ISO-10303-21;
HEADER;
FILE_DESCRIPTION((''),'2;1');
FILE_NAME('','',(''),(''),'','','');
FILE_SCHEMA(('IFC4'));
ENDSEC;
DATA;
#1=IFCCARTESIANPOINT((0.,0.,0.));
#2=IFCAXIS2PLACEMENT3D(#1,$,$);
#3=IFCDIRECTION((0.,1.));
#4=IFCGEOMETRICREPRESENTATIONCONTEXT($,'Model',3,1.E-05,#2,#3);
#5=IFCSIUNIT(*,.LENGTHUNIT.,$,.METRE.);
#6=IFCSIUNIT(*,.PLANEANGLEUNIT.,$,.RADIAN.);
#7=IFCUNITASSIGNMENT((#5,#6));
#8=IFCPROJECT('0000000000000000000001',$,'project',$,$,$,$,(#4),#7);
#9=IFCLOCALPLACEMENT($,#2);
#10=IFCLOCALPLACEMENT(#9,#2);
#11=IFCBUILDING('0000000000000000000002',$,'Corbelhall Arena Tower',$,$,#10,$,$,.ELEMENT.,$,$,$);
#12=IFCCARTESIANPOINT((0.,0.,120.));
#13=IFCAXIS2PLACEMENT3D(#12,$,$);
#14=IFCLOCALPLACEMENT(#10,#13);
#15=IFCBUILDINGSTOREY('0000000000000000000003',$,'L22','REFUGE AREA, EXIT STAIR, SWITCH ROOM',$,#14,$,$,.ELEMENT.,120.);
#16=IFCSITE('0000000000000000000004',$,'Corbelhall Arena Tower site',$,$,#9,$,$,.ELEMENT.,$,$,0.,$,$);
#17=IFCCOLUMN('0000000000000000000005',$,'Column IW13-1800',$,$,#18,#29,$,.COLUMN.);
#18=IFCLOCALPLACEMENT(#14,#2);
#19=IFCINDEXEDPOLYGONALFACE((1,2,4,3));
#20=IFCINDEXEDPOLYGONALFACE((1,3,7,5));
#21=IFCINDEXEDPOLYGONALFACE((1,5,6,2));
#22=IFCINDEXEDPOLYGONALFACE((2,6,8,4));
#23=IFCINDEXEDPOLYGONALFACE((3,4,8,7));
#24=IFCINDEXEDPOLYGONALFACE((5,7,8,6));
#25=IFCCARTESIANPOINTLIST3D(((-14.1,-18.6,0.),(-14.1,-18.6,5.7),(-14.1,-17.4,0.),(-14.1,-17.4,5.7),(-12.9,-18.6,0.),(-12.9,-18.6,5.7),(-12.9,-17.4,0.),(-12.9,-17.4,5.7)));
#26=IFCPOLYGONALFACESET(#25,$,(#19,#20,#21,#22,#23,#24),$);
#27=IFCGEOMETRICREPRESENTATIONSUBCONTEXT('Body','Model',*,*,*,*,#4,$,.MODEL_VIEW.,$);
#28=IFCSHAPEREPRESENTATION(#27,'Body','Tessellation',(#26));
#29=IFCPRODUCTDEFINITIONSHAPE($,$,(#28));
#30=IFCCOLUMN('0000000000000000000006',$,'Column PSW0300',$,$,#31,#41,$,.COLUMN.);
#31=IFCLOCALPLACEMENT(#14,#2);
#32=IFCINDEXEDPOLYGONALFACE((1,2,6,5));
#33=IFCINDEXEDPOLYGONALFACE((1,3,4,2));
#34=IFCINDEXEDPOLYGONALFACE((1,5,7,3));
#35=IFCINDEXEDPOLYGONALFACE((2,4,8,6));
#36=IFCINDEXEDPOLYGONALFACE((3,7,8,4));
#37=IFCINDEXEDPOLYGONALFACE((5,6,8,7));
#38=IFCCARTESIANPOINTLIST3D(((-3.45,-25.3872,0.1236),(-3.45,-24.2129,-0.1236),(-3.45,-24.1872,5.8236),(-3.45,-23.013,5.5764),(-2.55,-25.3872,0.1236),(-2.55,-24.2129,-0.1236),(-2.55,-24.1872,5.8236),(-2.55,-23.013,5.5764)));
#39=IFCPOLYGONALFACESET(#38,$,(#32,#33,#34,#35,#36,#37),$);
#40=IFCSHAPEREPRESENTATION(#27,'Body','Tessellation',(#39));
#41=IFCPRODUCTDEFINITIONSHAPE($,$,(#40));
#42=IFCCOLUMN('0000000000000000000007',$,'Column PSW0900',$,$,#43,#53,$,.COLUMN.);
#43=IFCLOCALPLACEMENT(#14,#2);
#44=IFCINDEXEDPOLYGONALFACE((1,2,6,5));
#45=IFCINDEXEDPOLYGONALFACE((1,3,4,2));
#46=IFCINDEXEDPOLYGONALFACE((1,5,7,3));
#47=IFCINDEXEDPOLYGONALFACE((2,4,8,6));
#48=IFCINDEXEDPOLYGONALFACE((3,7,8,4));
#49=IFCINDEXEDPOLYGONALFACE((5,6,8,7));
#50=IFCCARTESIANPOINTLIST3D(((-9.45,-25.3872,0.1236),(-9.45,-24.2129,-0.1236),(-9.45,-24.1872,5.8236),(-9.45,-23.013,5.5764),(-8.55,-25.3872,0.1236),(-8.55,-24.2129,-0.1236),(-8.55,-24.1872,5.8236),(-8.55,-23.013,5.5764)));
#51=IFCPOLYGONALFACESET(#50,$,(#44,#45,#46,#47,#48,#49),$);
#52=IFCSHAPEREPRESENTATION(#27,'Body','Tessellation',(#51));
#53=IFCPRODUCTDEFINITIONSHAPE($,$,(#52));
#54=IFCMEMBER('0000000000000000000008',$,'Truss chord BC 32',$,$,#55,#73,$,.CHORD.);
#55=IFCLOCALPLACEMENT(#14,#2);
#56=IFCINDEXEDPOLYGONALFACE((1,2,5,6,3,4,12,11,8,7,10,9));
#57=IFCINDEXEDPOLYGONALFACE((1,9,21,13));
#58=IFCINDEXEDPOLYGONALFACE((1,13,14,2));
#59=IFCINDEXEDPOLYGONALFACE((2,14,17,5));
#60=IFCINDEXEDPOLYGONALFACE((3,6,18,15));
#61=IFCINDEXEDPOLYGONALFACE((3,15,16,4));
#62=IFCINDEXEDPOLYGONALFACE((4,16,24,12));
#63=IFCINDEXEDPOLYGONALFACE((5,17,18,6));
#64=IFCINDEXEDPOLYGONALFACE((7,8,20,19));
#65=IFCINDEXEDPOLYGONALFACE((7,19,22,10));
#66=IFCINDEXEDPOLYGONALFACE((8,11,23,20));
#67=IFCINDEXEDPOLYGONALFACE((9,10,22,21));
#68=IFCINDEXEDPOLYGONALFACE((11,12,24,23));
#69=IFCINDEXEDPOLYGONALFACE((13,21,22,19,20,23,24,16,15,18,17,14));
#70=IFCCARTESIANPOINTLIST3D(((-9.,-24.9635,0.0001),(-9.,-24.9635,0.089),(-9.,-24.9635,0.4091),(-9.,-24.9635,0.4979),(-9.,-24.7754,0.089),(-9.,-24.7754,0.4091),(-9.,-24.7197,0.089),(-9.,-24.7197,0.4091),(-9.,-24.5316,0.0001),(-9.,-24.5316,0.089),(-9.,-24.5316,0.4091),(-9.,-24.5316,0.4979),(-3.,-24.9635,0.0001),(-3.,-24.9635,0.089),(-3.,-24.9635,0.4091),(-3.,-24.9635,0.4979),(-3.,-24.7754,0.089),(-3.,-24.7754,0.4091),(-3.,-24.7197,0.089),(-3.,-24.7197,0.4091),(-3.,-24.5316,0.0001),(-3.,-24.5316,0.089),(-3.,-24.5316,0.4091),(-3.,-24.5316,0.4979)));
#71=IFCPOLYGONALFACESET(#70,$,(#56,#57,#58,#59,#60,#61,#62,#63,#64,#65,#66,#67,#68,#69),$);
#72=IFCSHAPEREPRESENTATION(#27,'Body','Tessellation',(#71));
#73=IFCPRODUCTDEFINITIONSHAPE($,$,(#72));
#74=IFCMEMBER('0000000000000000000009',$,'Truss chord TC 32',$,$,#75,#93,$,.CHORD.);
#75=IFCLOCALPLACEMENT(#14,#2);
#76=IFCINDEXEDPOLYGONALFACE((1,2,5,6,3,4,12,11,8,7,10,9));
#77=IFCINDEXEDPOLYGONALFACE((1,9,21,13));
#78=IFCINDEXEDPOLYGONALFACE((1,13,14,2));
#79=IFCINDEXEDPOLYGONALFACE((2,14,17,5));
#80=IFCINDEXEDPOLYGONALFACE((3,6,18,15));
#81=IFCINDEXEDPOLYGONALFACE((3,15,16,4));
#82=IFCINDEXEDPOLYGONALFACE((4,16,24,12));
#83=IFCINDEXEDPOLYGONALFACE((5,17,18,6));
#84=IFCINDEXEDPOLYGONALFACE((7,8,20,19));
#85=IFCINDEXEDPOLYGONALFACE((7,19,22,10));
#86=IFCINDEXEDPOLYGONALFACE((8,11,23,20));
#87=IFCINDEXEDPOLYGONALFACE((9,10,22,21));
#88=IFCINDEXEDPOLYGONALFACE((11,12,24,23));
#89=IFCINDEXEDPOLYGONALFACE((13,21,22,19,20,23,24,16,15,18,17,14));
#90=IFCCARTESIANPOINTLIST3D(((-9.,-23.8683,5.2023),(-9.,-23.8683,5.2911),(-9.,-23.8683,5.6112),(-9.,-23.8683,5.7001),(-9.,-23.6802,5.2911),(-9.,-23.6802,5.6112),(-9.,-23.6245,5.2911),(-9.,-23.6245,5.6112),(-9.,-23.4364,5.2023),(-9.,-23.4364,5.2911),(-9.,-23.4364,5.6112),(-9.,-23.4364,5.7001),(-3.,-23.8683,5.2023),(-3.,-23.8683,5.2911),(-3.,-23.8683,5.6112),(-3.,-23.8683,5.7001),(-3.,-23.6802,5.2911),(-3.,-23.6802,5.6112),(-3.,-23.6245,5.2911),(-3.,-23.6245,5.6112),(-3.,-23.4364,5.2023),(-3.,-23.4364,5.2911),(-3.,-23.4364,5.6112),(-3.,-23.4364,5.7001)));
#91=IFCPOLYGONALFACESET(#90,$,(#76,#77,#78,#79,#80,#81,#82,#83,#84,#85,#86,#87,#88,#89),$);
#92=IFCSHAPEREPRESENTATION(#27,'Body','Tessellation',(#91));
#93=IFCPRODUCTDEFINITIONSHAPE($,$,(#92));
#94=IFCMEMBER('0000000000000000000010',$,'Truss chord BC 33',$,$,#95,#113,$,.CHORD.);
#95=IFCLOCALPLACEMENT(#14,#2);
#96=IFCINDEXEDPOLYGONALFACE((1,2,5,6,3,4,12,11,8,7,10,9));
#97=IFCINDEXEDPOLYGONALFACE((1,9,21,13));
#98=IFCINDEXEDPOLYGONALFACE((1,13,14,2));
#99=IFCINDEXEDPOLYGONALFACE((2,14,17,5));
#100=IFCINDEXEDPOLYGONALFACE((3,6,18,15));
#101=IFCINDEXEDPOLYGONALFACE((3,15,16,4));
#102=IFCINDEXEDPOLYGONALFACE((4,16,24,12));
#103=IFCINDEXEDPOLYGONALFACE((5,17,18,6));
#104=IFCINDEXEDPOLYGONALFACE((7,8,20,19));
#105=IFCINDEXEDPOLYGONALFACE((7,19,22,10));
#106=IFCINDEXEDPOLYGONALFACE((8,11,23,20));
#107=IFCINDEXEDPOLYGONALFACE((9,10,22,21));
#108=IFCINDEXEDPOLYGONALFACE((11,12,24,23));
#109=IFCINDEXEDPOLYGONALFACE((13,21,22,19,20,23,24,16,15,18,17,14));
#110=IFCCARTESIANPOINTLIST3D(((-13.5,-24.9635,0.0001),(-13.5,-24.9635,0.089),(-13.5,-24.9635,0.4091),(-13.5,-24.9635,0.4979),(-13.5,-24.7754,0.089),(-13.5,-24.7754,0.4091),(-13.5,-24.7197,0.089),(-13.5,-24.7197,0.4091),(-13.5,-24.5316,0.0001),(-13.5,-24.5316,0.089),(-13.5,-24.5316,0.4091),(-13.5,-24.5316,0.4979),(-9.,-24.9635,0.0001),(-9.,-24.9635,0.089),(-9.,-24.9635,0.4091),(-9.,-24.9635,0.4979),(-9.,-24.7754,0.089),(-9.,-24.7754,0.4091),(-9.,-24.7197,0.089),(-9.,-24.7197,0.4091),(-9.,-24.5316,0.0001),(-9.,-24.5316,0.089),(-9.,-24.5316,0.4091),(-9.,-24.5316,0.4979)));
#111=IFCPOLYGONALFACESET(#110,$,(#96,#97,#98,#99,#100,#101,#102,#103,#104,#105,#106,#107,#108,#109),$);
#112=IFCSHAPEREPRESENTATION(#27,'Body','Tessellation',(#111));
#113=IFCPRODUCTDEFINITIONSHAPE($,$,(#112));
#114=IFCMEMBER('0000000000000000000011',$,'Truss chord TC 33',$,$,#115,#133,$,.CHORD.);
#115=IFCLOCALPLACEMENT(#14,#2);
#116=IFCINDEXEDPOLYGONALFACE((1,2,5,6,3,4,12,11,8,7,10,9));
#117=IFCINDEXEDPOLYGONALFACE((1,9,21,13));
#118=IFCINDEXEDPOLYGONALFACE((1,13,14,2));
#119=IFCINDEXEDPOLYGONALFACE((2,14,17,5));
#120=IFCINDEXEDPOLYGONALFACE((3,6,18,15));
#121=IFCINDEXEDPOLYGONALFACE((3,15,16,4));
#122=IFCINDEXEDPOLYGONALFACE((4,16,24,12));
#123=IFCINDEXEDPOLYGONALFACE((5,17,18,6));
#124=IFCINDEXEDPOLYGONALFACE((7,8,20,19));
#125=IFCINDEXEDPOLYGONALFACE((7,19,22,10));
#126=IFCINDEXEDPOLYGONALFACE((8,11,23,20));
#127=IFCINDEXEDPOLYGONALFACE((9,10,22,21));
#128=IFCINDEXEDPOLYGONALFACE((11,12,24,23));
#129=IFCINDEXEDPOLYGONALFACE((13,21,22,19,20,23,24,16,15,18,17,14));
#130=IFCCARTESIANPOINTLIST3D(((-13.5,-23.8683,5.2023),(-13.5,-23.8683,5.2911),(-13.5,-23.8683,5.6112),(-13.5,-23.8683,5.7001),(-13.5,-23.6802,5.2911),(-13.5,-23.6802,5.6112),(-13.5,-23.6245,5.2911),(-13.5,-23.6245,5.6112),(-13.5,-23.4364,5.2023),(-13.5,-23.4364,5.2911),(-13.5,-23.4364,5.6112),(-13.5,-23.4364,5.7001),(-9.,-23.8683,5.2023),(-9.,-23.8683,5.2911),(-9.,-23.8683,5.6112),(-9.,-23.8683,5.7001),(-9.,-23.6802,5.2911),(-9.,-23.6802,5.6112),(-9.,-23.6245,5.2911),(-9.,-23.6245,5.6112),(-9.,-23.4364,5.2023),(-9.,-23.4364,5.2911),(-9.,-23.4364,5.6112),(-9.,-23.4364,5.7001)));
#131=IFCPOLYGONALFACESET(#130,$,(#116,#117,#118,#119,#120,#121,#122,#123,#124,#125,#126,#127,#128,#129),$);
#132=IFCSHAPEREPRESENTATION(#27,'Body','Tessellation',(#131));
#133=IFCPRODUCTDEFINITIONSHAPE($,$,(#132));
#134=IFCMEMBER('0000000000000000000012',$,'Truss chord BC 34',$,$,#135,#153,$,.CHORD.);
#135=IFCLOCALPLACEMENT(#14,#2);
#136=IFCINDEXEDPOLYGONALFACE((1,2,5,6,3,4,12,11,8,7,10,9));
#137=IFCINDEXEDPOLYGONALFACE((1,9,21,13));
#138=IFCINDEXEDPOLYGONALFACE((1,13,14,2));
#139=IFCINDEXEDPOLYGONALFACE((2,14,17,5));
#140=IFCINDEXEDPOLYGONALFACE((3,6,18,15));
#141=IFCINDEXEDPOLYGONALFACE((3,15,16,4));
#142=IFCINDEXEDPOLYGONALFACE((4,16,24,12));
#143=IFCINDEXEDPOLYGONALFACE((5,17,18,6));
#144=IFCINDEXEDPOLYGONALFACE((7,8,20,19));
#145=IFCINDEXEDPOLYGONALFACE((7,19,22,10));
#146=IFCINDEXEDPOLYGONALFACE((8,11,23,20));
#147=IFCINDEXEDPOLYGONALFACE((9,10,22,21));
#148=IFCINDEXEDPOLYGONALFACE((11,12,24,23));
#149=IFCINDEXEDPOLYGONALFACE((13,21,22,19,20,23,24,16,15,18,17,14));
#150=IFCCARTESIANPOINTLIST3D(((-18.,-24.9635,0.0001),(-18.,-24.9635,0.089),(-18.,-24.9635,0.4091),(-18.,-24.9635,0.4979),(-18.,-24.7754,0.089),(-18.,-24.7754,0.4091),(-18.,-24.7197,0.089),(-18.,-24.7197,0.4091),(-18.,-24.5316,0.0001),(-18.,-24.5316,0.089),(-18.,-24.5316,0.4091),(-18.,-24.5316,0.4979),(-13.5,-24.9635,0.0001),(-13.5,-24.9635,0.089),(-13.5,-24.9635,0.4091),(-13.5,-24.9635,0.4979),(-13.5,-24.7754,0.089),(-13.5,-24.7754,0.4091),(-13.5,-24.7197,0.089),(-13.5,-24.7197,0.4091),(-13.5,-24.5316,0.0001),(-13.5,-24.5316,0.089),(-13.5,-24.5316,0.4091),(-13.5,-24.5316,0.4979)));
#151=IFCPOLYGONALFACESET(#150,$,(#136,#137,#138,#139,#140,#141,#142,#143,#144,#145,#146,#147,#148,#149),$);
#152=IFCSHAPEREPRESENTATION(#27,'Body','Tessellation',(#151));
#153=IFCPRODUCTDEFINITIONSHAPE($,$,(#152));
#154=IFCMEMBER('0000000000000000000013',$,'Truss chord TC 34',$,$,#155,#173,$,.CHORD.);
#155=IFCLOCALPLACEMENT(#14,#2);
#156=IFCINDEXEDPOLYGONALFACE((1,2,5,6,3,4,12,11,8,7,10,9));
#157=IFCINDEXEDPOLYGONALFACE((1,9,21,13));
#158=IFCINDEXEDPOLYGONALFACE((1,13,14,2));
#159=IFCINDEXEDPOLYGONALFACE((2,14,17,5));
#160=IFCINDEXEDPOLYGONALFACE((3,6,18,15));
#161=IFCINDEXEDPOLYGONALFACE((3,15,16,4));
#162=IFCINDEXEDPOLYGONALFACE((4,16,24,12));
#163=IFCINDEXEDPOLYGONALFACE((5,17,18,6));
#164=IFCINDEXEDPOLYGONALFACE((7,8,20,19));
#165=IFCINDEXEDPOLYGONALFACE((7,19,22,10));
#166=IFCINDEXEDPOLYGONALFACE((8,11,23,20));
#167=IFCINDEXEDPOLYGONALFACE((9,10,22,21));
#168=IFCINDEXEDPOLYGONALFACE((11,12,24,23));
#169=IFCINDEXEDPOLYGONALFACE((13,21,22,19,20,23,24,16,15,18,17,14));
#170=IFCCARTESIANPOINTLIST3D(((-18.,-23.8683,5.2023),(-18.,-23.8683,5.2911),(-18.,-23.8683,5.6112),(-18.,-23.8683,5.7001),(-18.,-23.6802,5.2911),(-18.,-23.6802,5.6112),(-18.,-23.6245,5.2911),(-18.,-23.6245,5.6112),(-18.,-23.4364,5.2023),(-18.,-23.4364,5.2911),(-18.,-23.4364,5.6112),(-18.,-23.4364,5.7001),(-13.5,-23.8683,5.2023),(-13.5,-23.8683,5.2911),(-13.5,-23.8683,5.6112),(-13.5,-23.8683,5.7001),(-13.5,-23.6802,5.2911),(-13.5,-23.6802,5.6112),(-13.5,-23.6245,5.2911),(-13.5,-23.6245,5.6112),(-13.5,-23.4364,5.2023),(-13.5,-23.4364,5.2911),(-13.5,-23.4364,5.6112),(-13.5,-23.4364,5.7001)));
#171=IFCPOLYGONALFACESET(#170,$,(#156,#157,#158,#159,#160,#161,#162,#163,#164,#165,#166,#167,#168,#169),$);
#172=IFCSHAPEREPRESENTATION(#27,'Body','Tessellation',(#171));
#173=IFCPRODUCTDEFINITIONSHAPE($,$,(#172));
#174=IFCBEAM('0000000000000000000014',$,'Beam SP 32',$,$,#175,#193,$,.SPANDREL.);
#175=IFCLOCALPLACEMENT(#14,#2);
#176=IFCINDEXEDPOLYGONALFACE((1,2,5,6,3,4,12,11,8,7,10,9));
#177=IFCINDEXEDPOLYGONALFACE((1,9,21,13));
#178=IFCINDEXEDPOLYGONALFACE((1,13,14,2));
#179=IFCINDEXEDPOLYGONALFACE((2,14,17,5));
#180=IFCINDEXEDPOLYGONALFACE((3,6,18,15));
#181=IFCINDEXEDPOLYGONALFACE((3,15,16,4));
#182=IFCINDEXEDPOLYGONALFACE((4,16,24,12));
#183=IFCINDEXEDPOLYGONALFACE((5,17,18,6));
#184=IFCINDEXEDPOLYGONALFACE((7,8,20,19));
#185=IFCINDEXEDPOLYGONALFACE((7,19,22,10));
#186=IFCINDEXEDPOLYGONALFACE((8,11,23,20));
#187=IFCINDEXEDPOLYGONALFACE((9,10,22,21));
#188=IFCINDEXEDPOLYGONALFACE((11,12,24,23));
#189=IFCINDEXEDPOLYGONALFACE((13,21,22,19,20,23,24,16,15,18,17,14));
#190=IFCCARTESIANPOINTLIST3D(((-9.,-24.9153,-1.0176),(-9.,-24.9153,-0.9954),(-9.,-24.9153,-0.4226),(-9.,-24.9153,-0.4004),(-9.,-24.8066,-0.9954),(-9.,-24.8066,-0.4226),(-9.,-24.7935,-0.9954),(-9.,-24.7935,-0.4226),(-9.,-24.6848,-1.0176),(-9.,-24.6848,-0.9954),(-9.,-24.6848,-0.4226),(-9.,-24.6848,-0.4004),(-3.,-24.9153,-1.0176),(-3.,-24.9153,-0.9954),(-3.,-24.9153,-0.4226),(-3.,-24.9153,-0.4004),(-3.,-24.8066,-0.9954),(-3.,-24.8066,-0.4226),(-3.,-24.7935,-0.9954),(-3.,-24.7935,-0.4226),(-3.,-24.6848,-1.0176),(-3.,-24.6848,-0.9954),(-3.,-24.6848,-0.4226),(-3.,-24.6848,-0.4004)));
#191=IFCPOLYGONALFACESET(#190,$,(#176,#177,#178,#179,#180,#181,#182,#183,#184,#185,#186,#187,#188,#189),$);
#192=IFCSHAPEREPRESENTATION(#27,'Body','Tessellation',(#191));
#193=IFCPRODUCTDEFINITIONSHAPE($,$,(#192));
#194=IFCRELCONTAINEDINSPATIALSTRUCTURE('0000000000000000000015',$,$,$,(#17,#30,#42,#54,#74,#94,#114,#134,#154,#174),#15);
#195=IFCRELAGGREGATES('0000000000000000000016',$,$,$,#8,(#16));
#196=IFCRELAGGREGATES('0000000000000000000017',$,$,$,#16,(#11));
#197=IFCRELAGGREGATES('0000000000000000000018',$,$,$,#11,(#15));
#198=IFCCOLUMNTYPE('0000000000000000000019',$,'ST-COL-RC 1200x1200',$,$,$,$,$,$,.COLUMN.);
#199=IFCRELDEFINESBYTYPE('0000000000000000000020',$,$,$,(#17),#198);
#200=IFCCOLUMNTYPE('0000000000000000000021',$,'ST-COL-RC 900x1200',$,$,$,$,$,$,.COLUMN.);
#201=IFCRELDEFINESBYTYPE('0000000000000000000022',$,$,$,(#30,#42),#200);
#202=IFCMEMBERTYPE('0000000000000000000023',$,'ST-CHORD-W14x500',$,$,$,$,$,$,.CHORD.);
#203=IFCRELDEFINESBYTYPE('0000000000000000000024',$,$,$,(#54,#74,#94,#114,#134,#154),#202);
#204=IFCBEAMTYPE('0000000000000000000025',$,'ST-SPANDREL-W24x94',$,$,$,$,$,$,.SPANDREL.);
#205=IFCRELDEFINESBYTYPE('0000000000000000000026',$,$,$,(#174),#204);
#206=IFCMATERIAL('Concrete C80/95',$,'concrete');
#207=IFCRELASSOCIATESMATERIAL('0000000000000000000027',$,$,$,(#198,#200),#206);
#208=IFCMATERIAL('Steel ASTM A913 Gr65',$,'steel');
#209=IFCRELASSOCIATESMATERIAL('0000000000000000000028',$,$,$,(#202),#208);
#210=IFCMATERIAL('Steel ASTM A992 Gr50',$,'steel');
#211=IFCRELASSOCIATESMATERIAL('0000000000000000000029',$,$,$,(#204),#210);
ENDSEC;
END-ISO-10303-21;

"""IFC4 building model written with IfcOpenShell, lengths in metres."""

from ifc_helpers import new_model, si_unit, direction, frame, origin, origin_2d, place, context, subcontext, project, spatial, rectangle, i_section, extrude, material, material_profile, profile_set, type_object, element, save


model = new_model("IFC4")

# Units and contexts
model_context = context("Model", 3, precision=1e-05, world=origin(), true_north=direction((0.0, 1.0)))
body_context = subcontext(model_context, "Body", "Model", "MODEL_VIEW")
ifc_project = project(units=[si_unit("LENGTHUNIT", "METRE"), si_unit("PLANEANGLEUNIT", "RADIAN")], contexts=[model_context])

# Site, building, storey
site_placement = place(None, origin())
site = spatial("IfcSite", under=ifc_project, at=site_placement, Name="Corbelhall Arena Tower site", CompositionType="ELEMENT", RefElevation=0.0)
building_placement = place(site_placement, origin())
building = spatial("IfcBuilding", under=site, at=building_placement, Name="Corbelhall Arena Tower", CompositionType="ELEMENT")
storey_placement = place(building_placement, frame((0.0, 0.0, 120.0)))
storey = spatial("IfcBuildingStorey", under=building, at=storey_placement, Name="L22", Description="REFUGE AREA, EXIT STAIR, SWITCH ROOM", CompositionType="ELEMENT", Elevation=120.0)

# Columns
ifc_material_1 = material(Name="Concrete C80/95", Category="concrete")
ifc_material_profile_1 = material_profile(ifc_material_1, rectangle(XDim=1.2, YDim=1.2, at=origin_2d()))
ifc_profile_set_1 = profile_set([ifc_material_profile_1], Name="Concrete C80/95")
column_type_1 = type_object("IfcColumnType", Name="ST-COL-RC 1200x1200", PredefinedType="COLUMN", material=ifc_profile_set_1)
column_placement = place(storey_placement, frame((-13.5, -18.0, 0.0), z_axis=(0.0, 0.0, 1.0), x_axis=(1.0, 0.0, 0.0)))
element("IfcColumn", 1, at=column_placement, inside=storey, type_object=column_type_1, Name="Column IW13-1800", PredefinedType="COLUMN", context=body_context, shape_type="SweptSolid", body=[
    extrude(rectangle(XDim=1.2, YDim=1.2, at=origin_2d()), origin(), (0.0, 0.0, 1.0), 5.7),
])
ifc_material_profile_2 = material_profile(ifc_material_1, rectangle(XDim=0.8999, YDim=1.2, at=origin_2d()))
ifc_profile_set_2 = profile_set([ifc_material_profile_2], Name="Concrete C80/95")
column_type_2 = type_object("IfcColumnType", Name="ST-COL-RC 900x1200", PredefinedType="COLUMN", material=ifc_profile_set_2)
for number, where, z_axis, x_axis, name in (
    (2, (-3.0, -24.8, 0.0), (0.0, 0.206004, 0.978551), (-1.0, 0.0, 0.0), "Column PSW0300"),
    (3, (-9.0, -24.8, 0.0), (0.0, 0.206004, 0.978551), (-1.0, 0.0, 0.0), "Column PSW0900"),
):
    element("IfcColumn", number, at=place(storey_placement, frame(where, z_axis=z_axis, x_axis=x_axis)), inside=storey, type_object=column_type_2, Name=name, PredefinedType="COLUMN", context=body_context, shape_type="SweptSolid", body=[
        extrude(rectangle(XDim=0.8999, YDim=1.2, at=origin_2d()), origin(), (0.0, 0.0, 1.0), 5.825),
    ])

# Members
ifc_material_2 = material(Name="Steel ASTM A913 Gr65", Category="steel")
ifc_material_profile_3 = material_profile(ifc_material_2, i_section(OverallWidth=0.4319, OverallDepth=0.4978, WebThickness=0.0557, FlangeThickness=0.0889, at=origin_2d()))
ifc_profile_set_3 = profile_set([ifc_material_profile_3], Name="Steel ASTM A913 Gr65")
member_type_1 = type_object("IfcMemberType", Name="ST-CHORD-W14x500", PredefinedType="CHORD", material=ifc_profile_set_3)
for number, where, z_axis, x_axis, name in (
    (4, (-3.0, -24.7476, 0.249), (-1.0, 0.0, 0.0), (0.0, -1.0, 0.0), "Truss chord BC 32"),
    (5, (-3.0, -23.6523, 5.4512), (-1.0, 0.0, 0.0), (0.0, -1.0, 0.0), "Truss chord TC 32"),
):
    element("IfcMember", number, at=place(storey_placement, frame(where, z_axis=z_axis, x_axis=x_axis)), inside=storey, type_object=member_type_1, Name=name, PredefinedType="CHORD", context=body_context, shape_type="SweptSolid", body=[
        extrude(i_section(OverallWidth=0.4319, OverallDepth=0.4978, WebThickness=0.0557, FlangeThickness=0.0889, at=origin_2d()), origin(), (0.0, 0.0, 1.0), 6.0),
    ])
for number, where, z_axis, x_axis, name in (
    (6, (-9.0, -24.7476, 0.249), (-1.0, 0.0, 0.0), (0.0, -1.0, 0.0), "Truss chord BC 33"),
    (7, (-9.0, -23.6523, 5.4512), (-1.0, 0.0, 0.0), (0.0, -1.0, 0.0), "Truss chord TC 33"),
    (8, (-13.5, -24.7476, 0.249), (-1.0, 0.0, 0.0), (0.0, -1.0, 0.0), "Truss chord BC 34"),
    (9, (-13.5, -23.6523, 5.4512), (-1.0, 0.0, 0.0), (0.0, -1.0, 0.0), "Truss chord TC 34"),
):
    element("IfcMember", number, at=place(storey_placement, frame(where, z_axis=z_axis, x_axis=x_axis)), inside=storey, type_object=member_type_1, Name=name, PredefinedType="CHORD", context=body_context, shape_type="SweptSolid", body=[
        extrude(i_section(OverallWidth=0.4319, OverallDepth=0.4978, WebThickness=0.0557, FlangeThickness=0.0889, at=origin_2d()), origin(), (0.0, 0.0, 1.0), 4.5),
    ])

# Beam
ifc_material_3 = material(Name="Steel ASTM A992 Gr50", Category="steel")
ifc_material_profile_4 = material_profile(ifc_material_3, i_section(OverallWidth=0.2305, OverallDepth=0.6172, WebThickness=0.0132, FlangeThickness=0.0222, at=origin_2d()))
ifc_profile_set_4 = profile_set([ifc_material_profile_4], Name="Steel ASTM A992 Gr50")
beam_type = type_object("IfcBeamType", Name="ST-SPANDREL-W24x94", PredefinedType="SPANDREL", material=ifc_profile_set_4)
beam_1_placement = place(storey_placement, frame((-3.0, -24.8, -0.709), z_axis=(-1.0, 0.0, 0.0), x_axis=(0.0, -1.0, 0.0)))
element("IfcBeam", 10, at=beam_1_placement, inside=storey, type_object=beam_type, Name="Beam SP 32", PredefinedType="SPANDREL", context=body_context, shape_type="SweptSolid", body=[
    extrude(i_section(OverallWidth=0.2305, OverallDepth=0.6172, WebThickness=0.0132, FlangeThickness=0.0222, at=origin_2d()), origin(), (0.0, 0.0, 1.0), 6.0),
])

save(model, "model.ifc")
